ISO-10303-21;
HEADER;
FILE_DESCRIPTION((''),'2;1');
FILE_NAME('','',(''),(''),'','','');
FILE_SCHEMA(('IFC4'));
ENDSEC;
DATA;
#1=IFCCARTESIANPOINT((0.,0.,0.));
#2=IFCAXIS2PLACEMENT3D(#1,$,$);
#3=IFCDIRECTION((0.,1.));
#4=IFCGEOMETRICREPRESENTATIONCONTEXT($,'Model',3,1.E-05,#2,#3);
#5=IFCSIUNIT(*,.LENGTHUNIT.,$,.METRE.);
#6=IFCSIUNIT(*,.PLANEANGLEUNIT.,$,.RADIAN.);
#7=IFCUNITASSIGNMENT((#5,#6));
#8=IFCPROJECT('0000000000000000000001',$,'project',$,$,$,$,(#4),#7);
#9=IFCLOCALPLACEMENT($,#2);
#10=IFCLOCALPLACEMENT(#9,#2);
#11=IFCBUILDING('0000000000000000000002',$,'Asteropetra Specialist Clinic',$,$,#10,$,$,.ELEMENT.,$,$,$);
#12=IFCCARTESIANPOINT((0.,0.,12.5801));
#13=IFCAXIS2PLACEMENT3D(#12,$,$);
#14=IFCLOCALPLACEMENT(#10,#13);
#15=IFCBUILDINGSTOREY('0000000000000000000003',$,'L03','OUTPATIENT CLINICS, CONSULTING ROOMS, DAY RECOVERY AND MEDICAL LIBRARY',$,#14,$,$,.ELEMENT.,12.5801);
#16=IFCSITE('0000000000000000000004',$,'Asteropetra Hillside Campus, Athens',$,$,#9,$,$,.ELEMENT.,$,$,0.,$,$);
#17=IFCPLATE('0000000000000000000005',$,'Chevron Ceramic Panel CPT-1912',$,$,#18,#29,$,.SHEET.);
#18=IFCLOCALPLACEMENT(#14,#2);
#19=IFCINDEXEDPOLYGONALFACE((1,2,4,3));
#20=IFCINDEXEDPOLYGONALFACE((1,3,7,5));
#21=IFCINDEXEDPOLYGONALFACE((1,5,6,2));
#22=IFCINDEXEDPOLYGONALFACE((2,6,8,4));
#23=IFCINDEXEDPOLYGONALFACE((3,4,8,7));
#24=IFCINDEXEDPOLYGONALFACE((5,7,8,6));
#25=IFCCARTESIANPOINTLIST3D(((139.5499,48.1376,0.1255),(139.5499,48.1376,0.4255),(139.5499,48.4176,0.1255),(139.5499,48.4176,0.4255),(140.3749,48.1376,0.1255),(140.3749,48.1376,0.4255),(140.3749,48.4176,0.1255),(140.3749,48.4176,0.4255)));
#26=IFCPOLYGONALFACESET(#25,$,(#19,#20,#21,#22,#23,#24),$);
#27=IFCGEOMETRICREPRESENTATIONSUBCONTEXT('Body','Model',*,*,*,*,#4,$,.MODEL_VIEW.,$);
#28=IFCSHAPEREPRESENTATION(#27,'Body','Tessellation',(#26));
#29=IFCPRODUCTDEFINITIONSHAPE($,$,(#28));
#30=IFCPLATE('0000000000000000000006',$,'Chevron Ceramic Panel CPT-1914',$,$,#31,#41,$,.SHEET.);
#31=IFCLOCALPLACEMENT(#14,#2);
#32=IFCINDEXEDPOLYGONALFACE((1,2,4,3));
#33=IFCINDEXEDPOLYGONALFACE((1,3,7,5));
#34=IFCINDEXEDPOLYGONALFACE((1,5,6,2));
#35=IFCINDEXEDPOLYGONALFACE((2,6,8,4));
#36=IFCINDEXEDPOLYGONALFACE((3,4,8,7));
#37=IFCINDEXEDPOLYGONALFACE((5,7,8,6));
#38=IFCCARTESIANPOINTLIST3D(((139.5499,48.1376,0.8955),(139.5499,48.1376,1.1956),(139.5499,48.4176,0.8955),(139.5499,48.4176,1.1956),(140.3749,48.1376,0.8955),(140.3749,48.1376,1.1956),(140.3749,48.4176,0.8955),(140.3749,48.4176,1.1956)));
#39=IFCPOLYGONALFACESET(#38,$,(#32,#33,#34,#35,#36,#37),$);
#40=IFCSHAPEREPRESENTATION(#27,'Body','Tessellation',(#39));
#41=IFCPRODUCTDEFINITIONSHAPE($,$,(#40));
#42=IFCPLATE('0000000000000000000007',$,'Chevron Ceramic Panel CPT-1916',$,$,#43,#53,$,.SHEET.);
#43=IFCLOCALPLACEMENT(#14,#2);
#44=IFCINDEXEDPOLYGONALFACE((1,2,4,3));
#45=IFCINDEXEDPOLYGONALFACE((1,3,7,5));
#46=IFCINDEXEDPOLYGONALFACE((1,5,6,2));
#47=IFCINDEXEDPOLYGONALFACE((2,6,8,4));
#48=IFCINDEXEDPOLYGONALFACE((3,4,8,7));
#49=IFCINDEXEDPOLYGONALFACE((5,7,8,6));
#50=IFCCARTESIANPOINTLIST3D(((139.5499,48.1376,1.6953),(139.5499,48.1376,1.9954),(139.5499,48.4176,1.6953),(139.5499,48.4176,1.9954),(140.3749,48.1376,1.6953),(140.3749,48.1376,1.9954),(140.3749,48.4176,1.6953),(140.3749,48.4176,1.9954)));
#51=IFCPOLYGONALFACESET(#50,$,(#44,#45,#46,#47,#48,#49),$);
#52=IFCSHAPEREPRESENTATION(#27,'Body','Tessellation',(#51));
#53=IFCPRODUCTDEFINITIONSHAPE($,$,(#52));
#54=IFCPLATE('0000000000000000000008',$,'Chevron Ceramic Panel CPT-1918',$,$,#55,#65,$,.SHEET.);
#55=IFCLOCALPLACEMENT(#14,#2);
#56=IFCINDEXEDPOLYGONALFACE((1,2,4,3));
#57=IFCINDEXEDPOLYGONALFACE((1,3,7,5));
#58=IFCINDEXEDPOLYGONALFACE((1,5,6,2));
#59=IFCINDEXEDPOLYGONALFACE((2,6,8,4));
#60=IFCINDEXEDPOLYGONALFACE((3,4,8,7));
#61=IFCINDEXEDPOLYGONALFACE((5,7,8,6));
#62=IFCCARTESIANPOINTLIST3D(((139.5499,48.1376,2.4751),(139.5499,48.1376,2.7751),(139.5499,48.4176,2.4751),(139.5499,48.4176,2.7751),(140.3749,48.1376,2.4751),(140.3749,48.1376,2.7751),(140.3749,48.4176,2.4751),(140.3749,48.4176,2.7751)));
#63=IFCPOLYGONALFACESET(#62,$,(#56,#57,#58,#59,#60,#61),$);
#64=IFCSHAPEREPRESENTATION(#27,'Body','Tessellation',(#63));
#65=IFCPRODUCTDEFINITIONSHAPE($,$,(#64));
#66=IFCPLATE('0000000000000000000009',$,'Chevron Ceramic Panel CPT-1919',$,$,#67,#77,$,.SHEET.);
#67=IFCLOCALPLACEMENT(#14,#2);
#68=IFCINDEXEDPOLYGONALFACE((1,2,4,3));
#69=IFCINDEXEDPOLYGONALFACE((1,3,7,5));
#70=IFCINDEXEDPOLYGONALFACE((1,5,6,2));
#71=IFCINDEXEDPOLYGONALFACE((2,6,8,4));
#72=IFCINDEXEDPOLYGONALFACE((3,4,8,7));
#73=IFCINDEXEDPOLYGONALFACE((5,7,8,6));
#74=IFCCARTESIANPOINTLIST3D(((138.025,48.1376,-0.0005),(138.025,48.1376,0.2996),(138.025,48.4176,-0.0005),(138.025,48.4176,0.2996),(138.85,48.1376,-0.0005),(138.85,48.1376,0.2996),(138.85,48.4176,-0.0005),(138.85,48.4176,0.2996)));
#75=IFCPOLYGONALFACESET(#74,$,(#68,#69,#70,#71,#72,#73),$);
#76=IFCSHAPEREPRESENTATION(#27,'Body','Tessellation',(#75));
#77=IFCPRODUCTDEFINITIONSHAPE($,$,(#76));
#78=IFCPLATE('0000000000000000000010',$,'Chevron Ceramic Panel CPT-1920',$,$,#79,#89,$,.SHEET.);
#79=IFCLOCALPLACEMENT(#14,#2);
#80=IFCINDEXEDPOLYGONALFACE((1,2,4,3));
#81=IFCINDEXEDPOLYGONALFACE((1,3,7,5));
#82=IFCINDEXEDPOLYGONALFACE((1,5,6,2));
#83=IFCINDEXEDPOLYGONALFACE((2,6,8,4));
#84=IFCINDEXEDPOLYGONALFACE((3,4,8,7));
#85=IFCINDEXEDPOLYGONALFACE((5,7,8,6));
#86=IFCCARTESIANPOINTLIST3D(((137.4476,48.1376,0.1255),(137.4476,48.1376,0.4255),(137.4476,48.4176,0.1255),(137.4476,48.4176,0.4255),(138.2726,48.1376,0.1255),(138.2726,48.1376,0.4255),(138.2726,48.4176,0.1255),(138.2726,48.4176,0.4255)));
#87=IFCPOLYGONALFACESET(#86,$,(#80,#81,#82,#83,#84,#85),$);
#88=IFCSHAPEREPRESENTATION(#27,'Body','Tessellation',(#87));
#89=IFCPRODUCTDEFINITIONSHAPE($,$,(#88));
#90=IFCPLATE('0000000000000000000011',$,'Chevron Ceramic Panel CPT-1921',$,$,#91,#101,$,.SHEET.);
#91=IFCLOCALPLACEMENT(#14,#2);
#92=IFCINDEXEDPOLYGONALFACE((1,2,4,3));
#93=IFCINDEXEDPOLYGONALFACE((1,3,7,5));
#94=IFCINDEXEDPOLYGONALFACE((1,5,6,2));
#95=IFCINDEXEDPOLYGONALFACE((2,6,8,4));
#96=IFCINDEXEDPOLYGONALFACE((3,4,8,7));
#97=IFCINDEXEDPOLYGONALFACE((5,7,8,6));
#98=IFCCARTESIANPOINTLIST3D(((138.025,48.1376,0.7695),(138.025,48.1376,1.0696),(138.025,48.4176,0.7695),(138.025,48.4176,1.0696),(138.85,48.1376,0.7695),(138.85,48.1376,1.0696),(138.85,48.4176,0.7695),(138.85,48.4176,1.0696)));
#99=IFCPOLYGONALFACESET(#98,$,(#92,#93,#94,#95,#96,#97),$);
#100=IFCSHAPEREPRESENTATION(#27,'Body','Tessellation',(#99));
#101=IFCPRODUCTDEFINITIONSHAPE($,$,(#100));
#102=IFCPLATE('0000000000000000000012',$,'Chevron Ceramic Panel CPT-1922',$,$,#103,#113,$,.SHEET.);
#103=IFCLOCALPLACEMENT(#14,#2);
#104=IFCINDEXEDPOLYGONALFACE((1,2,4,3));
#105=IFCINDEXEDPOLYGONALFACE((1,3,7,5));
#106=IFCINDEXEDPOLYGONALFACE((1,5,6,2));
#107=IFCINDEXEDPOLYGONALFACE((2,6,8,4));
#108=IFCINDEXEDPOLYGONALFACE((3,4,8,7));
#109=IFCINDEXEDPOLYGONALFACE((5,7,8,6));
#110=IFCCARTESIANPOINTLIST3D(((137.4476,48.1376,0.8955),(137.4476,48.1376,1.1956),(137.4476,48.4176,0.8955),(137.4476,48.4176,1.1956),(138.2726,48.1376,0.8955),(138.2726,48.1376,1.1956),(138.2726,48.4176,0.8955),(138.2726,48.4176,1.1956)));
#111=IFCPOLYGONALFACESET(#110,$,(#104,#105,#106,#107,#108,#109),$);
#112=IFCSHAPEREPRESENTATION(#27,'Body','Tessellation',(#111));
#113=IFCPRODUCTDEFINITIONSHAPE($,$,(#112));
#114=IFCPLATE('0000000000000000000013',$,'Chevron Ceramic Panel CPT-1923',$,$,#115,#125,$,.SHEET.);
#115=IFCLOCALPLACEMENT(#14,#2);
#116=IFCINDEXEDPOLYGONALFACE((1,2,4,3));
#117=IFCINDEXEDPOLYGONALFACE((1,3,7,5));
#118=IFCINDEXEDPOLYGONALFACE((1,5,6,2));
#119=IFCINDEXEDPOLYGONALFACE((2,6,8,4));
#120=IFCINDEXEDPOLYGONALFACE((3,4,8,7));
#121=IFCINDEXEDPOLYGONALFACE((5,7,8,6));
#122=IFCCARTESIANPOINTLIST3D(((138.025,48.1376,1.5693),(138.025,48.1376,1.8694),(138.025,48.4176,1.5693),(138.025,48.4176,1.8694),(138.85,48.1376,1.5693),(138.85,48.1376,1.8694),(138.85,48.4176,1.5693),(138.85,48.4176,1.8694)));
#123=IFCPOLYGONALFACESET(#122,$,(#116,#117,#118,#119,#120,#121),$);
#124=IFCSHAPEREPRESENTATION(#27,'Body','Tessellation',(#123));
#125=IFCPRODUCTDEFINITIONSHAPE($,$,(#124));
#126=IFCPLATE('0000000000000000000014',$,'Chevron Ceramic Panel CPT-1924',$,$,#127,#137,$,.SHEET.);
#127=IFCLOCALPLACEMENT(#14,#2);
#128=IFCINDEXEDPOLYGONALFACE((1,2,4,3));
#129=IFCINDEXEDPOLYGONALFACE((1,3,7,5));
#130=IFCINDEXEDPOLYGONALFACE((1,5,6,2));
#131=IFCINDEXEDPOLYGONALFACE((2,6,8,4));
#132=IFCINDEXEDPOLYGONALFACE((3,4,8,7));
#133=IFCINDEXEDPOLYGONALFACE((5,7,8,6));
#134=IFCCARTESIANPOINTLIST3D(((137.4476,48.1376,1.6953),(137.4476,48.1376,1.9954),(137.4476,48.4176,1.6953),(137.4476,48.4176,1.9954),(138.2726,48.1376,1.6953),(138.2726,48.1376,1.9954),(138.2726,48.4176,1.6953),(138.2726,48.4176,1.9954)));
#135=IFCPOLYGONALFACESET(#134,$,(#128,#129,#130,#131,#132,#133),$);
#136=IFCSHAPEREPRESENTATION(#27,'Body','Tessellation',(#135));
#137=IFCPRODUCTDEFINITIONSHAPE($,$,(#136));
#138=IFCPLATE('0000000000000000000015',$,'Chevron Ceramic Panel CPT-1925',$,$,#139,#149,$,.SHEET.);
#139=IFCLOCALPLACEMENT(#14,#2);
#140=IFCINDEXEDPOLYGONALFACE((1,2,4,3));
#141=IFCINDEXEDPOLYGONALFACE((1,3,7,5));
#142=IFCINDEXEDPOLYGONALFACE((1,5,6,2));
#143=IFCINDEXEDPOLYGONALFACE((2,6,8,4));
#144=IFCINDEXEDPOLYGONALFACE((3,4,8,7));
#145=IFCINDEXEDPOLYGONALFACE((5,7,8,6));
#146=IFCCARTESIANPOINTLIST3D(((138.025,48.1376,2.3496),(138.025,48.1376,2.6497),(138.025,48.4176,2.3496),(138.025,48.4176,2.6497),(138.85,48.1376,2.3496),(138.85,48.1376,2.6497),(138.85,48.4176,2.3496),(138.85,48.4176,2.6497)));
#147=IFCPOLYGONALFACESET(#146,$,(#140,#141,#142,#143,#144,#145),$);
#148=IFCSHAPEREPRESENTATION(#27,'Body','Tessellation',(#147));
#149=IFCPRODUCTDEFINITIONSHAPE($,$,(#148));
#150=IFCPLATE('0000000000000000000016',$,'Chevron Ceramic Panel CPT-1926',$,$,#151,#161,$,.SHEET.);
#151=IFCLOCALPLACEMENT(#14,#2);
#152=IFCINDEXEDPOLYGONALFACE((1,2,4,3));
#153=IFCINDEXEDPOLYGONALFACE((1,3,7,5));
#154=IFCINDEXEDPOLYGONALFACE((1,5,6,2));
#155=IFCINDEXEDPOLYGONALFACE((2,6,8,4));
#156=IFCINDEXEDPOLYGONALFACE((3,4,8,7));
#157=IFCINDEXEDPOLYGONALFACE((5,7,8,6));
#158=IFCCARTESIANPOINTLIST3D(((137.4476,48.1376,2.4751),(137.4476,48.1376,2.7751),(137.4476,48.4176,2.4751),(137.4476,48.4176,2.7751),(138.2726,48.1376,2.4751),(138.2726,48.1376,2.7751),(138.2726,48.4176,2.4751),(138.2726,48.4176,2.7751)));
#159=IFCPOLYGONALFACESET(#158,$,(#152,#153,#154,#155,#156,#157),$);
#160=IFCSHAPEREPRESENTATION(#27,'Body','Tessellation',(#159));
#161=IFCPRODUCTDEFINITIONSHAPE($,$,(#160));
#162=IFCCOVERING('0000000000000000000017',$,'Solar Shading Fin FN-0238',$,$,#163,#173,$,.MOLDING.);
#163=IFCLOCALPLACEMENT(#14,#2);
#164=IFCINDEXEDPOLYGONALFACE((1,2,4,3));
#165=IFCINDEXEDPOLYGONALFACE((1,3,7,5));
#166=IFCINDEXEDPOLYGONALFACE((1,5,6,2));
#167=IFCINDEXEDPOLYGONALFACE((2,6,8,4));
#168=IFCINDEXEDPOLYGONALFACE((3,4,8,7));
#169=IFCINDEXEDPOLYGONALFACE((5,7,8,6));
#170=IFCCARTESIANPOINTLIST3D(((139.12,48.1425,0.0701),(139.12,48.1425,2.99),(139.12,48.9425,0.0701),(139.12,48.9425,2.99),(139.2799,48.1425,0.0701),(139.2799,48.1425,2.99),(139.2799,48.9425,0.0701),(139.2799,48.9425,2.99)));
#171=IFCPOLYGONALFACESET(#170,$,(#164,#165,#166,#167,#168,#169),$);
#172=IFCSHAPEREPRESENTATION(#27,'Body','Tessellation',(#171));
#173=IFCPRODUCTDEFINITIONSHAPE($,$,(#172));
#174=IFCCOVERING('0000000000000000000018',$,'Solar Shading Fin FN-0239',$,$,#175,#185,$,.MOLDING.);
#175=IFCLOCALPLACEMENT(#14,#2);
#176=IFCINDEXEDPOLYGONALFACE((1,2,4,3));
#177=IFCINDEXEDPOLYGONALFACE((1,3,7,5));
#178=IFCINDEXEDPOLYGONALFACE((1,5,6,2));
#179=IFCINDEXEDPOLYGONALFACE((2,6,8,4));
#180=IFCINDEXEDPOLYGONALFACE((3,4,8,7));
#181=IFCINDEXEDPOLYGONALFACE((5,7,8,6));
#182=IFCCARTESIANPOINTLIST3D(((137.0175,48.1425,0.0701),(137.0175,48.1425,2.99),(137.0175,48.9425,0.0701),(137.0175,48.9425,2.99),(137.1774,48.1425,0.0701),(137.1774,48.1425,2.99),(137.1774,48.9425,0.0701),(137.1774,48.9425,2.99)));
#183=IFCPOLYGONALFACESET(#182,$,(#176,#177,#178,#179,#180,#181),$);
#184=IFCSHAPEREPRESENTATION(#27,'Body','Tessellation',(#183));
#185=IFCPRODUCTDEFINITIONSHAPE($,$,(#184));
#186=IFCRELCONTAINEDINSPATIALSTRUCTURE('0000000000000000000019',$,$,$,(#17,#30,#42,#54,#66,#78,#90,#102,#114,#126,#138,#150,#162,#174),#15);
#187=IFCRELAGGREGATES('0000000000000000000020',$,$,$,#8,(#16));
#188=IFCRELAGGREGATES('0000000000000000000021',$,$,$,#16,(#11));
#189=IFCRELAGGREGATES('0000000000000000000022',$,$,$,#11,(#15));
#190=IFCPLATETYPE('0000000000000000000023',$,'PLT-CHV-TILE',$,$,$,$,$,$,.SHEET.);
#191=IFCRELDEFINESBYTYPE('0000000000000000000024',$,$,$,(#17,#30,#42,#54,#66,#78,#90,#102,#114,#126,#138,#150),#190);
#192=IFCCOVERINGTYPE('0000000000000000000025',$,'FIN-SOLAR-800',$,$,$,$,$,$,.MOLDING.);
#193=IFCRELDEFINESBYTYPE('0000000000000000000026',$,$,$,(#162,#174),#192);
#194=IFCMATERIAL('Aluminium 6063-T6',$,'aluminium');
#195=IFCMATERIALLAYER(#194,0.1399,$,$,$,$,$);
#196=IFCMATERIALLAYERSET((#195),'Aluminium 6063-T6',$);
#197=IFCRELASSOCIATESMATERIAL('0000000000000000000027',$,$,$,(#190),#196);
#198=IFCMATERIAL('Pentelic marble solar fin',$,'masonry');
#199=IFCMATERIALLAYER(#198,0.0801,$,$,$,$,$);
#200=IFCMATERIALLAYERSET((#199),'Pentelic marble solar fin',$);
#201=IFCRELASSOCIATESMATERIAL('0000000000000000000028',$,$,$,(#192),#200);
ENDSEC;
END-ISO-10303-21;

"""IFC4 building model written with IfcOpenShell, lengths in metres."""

from ifc_helpers import new_model, si_unit, direction, frame, origin, origin_2d, place, context, subcontext, project, spatial, rectangle, extrude, material, layer, layer_set, type_object, element, save


model = new_model("IFC4")

# Units and contexts
model_context = context("Model", 3, precision=1e-05, world=origin(), true_north=direction((0.0, 1.0)))
body_context = subcontext(model_context, "Body", "Model", "MODEL_VIEW")
ifc_project = project(units=[si_unit("LENGTHUNIT", "METRE"), si_unit("PLANEANGLEUNIT", "RADIAN")], contexts=[model_context])

# Site, building, storey
site_placement = place(None, origin())
site = spatial("IfcSite", under=ifc_project, at=site_placement, Name="Asteropetra Hillside Campus, Athens", CompositionType="ELEMENT", RefElevation=0.0)
building_placement = place(site_placement, origin())
building = spatial("IfcBuilding", under=site, at=building_placement, Name="Asteropetra Specialist Clinic", CompositionType="ELEMENT")
storey_placement = place(building_placement, frame((0.0, 0.0, 12.5801)))
storey = spatial("IfcBuildingStorey", under=building, at=storey_placement, Name="L03", Description="OUTPATIENT CLINICS, CONSULTING ROOMS, DAY RECOVERY AND MEDICAL LIBRARY", CompositionType="ELEMENT", Elevation=12.5801)

# Plates
ifc_material_1 = material(Name="Aluminium 6063-T6", Category="aluminium")
ifc_layer_1 = layer(ifc_material_1, 0.1399)
ifc_layer_set_1 = layer_set([ifc_layer_1], Name="Aluminium 6063-T6")
plate_type_1 = type_object("IfcPlateType", Name="PLT-CHV-TILE", PredefinedType="SHEET", material=ifc_layer_set_1)
for number, where, z_axis, x_axis, name in (
    (1, (139.9624, 48.2776, 0.1255), (0.0, 0.0, 1.0), (1.0, 0.0, 0.0), "Chevron Ceramic Panel CPT-1912"),
    (2, (139.9624, 48.2776, 0.8955), (0.0, 0.0, 1.0), (1.0, 0.0, 0.0), "Chevron Ceramic Panel CPT-1914"),
    (3, (139.9624, 48.2776, 1.6953), (0.0, 0.0, 1.0), (1.0, 0.0, 0.0), "Chevron Ceramic Panel CPT-1916"),
    (4, (139.9624, 48.2776, 2.4751), (0.0, 0.0, 1.0), (1.0, 0.0, 0.0), "Chevron Ceramic Panel CPT-1918"),
    (5, (138.4375, 48.2776, -0.0005), (0.0, 0.0, 1.0), (1.0, 0.0, 0.0), "Chevron Ceramic Panel CPT-1919"),
    (6, (137.8601, 48.2776, 0.1255), (0.0, 0.0, 1.0), (1.0, 0.0, 0.0), "Chevron Ceramic Panel CPT-1920"),
    (7, (138.4375, 48.2776, 0.7695), (0.0, 0.0, 1.0), (1.0, 0.0, 0.0), "Chevron Ceramic Panel CPT-1921"),
    (8, (137.8601, 48.2776, 0.8955), (0.0, 0.0, 1.0), (1.0, 0.0, 0.0), "Chevron Ceramic Panel CPT-1922"),
    (9, (138.4375, 48.2776, 1.5693), (0.0, 0.0, 1.0), (1.0, 0.0, 0.0), "Chevron Ceramic Panel CPT-1923"),
    (10, (137.8601, 48.2776, 1.6953), (0.0, 0.0, 1.0), (1.0, 0.0, 0.0), "Chevron Ceramic Panel CPT-1924"),
    (11, (138.4375, 48.2776, 2.3496), (0.0, 0.0, 1.0), (1.0, 0.0, 0.0), "Chevron Ceramic Panel CPT-1925"),
    (12, (137.8601, 48.2776, 2.4751), (0.0, 0.0, 1.0), (1.0, 0.0, 0.0), "Chevron Ceramic Panel CPT-1926"),
):
    element("IfcPlate", number, at=place(storey_placement, frame(where, z_axis=z_axis, x_axis=x_axis)), inside=storey, type_object=plate_type_1, Name=name, PredefinedType="SHEET", context=body_context, shape_type="SweptSolid", body=[
        extrude(rectangle(XDim=0.825, YDim=0.28, at=origin_2d()), origin(), (0.0, 0.0, 1.0), 0.3),
    ])

# Coverings
ifc_material_2 = material(Name="Pentelic marble solar fin", Category="masonry")
ifc_layer_2 = layer(ifc_material_2, 0.0801)
ifc_layer_set_2 = layer_set([ifc_layer_2], Name="Pentelic marble solar fin")
covering_type = type_object("IfcCoveringType", Name="FIN-SOLAR-800", PredefinedType="MOLDING", material=ifc_layer_set_2)
for number, where, z_axis, x_axis, name in (
    (13, (139.2, 48.5425, 0.0701), (0.0, 0.0, 1.0), (1.0, 0.0, 0.0), "Solar Shading Fin FN-0238"),
    (14, (137.0974, 48.5425, 0.0701), (0.0, 0.0, 1.0), (1.0, 0.0, 0.0), "Solar Shading Fin FN-0239"),
):
    element("IfcCovering", number, at=place(storey_placement, frame(where, z_axis=z_axis, x_axis=x_axis)), inside=storey, type_object=covering_type, Name=name, PredefinedType="MOLDING", context=body_context, shape_type="SweptSolid", body=[
        extrude(rectangle(XDim=0.1599, YDim=0.8, at=origin_2d()), origin(), (0.0, 0.0, 1.0), 2.9199),
    ])

save(model, "model.ifc")
